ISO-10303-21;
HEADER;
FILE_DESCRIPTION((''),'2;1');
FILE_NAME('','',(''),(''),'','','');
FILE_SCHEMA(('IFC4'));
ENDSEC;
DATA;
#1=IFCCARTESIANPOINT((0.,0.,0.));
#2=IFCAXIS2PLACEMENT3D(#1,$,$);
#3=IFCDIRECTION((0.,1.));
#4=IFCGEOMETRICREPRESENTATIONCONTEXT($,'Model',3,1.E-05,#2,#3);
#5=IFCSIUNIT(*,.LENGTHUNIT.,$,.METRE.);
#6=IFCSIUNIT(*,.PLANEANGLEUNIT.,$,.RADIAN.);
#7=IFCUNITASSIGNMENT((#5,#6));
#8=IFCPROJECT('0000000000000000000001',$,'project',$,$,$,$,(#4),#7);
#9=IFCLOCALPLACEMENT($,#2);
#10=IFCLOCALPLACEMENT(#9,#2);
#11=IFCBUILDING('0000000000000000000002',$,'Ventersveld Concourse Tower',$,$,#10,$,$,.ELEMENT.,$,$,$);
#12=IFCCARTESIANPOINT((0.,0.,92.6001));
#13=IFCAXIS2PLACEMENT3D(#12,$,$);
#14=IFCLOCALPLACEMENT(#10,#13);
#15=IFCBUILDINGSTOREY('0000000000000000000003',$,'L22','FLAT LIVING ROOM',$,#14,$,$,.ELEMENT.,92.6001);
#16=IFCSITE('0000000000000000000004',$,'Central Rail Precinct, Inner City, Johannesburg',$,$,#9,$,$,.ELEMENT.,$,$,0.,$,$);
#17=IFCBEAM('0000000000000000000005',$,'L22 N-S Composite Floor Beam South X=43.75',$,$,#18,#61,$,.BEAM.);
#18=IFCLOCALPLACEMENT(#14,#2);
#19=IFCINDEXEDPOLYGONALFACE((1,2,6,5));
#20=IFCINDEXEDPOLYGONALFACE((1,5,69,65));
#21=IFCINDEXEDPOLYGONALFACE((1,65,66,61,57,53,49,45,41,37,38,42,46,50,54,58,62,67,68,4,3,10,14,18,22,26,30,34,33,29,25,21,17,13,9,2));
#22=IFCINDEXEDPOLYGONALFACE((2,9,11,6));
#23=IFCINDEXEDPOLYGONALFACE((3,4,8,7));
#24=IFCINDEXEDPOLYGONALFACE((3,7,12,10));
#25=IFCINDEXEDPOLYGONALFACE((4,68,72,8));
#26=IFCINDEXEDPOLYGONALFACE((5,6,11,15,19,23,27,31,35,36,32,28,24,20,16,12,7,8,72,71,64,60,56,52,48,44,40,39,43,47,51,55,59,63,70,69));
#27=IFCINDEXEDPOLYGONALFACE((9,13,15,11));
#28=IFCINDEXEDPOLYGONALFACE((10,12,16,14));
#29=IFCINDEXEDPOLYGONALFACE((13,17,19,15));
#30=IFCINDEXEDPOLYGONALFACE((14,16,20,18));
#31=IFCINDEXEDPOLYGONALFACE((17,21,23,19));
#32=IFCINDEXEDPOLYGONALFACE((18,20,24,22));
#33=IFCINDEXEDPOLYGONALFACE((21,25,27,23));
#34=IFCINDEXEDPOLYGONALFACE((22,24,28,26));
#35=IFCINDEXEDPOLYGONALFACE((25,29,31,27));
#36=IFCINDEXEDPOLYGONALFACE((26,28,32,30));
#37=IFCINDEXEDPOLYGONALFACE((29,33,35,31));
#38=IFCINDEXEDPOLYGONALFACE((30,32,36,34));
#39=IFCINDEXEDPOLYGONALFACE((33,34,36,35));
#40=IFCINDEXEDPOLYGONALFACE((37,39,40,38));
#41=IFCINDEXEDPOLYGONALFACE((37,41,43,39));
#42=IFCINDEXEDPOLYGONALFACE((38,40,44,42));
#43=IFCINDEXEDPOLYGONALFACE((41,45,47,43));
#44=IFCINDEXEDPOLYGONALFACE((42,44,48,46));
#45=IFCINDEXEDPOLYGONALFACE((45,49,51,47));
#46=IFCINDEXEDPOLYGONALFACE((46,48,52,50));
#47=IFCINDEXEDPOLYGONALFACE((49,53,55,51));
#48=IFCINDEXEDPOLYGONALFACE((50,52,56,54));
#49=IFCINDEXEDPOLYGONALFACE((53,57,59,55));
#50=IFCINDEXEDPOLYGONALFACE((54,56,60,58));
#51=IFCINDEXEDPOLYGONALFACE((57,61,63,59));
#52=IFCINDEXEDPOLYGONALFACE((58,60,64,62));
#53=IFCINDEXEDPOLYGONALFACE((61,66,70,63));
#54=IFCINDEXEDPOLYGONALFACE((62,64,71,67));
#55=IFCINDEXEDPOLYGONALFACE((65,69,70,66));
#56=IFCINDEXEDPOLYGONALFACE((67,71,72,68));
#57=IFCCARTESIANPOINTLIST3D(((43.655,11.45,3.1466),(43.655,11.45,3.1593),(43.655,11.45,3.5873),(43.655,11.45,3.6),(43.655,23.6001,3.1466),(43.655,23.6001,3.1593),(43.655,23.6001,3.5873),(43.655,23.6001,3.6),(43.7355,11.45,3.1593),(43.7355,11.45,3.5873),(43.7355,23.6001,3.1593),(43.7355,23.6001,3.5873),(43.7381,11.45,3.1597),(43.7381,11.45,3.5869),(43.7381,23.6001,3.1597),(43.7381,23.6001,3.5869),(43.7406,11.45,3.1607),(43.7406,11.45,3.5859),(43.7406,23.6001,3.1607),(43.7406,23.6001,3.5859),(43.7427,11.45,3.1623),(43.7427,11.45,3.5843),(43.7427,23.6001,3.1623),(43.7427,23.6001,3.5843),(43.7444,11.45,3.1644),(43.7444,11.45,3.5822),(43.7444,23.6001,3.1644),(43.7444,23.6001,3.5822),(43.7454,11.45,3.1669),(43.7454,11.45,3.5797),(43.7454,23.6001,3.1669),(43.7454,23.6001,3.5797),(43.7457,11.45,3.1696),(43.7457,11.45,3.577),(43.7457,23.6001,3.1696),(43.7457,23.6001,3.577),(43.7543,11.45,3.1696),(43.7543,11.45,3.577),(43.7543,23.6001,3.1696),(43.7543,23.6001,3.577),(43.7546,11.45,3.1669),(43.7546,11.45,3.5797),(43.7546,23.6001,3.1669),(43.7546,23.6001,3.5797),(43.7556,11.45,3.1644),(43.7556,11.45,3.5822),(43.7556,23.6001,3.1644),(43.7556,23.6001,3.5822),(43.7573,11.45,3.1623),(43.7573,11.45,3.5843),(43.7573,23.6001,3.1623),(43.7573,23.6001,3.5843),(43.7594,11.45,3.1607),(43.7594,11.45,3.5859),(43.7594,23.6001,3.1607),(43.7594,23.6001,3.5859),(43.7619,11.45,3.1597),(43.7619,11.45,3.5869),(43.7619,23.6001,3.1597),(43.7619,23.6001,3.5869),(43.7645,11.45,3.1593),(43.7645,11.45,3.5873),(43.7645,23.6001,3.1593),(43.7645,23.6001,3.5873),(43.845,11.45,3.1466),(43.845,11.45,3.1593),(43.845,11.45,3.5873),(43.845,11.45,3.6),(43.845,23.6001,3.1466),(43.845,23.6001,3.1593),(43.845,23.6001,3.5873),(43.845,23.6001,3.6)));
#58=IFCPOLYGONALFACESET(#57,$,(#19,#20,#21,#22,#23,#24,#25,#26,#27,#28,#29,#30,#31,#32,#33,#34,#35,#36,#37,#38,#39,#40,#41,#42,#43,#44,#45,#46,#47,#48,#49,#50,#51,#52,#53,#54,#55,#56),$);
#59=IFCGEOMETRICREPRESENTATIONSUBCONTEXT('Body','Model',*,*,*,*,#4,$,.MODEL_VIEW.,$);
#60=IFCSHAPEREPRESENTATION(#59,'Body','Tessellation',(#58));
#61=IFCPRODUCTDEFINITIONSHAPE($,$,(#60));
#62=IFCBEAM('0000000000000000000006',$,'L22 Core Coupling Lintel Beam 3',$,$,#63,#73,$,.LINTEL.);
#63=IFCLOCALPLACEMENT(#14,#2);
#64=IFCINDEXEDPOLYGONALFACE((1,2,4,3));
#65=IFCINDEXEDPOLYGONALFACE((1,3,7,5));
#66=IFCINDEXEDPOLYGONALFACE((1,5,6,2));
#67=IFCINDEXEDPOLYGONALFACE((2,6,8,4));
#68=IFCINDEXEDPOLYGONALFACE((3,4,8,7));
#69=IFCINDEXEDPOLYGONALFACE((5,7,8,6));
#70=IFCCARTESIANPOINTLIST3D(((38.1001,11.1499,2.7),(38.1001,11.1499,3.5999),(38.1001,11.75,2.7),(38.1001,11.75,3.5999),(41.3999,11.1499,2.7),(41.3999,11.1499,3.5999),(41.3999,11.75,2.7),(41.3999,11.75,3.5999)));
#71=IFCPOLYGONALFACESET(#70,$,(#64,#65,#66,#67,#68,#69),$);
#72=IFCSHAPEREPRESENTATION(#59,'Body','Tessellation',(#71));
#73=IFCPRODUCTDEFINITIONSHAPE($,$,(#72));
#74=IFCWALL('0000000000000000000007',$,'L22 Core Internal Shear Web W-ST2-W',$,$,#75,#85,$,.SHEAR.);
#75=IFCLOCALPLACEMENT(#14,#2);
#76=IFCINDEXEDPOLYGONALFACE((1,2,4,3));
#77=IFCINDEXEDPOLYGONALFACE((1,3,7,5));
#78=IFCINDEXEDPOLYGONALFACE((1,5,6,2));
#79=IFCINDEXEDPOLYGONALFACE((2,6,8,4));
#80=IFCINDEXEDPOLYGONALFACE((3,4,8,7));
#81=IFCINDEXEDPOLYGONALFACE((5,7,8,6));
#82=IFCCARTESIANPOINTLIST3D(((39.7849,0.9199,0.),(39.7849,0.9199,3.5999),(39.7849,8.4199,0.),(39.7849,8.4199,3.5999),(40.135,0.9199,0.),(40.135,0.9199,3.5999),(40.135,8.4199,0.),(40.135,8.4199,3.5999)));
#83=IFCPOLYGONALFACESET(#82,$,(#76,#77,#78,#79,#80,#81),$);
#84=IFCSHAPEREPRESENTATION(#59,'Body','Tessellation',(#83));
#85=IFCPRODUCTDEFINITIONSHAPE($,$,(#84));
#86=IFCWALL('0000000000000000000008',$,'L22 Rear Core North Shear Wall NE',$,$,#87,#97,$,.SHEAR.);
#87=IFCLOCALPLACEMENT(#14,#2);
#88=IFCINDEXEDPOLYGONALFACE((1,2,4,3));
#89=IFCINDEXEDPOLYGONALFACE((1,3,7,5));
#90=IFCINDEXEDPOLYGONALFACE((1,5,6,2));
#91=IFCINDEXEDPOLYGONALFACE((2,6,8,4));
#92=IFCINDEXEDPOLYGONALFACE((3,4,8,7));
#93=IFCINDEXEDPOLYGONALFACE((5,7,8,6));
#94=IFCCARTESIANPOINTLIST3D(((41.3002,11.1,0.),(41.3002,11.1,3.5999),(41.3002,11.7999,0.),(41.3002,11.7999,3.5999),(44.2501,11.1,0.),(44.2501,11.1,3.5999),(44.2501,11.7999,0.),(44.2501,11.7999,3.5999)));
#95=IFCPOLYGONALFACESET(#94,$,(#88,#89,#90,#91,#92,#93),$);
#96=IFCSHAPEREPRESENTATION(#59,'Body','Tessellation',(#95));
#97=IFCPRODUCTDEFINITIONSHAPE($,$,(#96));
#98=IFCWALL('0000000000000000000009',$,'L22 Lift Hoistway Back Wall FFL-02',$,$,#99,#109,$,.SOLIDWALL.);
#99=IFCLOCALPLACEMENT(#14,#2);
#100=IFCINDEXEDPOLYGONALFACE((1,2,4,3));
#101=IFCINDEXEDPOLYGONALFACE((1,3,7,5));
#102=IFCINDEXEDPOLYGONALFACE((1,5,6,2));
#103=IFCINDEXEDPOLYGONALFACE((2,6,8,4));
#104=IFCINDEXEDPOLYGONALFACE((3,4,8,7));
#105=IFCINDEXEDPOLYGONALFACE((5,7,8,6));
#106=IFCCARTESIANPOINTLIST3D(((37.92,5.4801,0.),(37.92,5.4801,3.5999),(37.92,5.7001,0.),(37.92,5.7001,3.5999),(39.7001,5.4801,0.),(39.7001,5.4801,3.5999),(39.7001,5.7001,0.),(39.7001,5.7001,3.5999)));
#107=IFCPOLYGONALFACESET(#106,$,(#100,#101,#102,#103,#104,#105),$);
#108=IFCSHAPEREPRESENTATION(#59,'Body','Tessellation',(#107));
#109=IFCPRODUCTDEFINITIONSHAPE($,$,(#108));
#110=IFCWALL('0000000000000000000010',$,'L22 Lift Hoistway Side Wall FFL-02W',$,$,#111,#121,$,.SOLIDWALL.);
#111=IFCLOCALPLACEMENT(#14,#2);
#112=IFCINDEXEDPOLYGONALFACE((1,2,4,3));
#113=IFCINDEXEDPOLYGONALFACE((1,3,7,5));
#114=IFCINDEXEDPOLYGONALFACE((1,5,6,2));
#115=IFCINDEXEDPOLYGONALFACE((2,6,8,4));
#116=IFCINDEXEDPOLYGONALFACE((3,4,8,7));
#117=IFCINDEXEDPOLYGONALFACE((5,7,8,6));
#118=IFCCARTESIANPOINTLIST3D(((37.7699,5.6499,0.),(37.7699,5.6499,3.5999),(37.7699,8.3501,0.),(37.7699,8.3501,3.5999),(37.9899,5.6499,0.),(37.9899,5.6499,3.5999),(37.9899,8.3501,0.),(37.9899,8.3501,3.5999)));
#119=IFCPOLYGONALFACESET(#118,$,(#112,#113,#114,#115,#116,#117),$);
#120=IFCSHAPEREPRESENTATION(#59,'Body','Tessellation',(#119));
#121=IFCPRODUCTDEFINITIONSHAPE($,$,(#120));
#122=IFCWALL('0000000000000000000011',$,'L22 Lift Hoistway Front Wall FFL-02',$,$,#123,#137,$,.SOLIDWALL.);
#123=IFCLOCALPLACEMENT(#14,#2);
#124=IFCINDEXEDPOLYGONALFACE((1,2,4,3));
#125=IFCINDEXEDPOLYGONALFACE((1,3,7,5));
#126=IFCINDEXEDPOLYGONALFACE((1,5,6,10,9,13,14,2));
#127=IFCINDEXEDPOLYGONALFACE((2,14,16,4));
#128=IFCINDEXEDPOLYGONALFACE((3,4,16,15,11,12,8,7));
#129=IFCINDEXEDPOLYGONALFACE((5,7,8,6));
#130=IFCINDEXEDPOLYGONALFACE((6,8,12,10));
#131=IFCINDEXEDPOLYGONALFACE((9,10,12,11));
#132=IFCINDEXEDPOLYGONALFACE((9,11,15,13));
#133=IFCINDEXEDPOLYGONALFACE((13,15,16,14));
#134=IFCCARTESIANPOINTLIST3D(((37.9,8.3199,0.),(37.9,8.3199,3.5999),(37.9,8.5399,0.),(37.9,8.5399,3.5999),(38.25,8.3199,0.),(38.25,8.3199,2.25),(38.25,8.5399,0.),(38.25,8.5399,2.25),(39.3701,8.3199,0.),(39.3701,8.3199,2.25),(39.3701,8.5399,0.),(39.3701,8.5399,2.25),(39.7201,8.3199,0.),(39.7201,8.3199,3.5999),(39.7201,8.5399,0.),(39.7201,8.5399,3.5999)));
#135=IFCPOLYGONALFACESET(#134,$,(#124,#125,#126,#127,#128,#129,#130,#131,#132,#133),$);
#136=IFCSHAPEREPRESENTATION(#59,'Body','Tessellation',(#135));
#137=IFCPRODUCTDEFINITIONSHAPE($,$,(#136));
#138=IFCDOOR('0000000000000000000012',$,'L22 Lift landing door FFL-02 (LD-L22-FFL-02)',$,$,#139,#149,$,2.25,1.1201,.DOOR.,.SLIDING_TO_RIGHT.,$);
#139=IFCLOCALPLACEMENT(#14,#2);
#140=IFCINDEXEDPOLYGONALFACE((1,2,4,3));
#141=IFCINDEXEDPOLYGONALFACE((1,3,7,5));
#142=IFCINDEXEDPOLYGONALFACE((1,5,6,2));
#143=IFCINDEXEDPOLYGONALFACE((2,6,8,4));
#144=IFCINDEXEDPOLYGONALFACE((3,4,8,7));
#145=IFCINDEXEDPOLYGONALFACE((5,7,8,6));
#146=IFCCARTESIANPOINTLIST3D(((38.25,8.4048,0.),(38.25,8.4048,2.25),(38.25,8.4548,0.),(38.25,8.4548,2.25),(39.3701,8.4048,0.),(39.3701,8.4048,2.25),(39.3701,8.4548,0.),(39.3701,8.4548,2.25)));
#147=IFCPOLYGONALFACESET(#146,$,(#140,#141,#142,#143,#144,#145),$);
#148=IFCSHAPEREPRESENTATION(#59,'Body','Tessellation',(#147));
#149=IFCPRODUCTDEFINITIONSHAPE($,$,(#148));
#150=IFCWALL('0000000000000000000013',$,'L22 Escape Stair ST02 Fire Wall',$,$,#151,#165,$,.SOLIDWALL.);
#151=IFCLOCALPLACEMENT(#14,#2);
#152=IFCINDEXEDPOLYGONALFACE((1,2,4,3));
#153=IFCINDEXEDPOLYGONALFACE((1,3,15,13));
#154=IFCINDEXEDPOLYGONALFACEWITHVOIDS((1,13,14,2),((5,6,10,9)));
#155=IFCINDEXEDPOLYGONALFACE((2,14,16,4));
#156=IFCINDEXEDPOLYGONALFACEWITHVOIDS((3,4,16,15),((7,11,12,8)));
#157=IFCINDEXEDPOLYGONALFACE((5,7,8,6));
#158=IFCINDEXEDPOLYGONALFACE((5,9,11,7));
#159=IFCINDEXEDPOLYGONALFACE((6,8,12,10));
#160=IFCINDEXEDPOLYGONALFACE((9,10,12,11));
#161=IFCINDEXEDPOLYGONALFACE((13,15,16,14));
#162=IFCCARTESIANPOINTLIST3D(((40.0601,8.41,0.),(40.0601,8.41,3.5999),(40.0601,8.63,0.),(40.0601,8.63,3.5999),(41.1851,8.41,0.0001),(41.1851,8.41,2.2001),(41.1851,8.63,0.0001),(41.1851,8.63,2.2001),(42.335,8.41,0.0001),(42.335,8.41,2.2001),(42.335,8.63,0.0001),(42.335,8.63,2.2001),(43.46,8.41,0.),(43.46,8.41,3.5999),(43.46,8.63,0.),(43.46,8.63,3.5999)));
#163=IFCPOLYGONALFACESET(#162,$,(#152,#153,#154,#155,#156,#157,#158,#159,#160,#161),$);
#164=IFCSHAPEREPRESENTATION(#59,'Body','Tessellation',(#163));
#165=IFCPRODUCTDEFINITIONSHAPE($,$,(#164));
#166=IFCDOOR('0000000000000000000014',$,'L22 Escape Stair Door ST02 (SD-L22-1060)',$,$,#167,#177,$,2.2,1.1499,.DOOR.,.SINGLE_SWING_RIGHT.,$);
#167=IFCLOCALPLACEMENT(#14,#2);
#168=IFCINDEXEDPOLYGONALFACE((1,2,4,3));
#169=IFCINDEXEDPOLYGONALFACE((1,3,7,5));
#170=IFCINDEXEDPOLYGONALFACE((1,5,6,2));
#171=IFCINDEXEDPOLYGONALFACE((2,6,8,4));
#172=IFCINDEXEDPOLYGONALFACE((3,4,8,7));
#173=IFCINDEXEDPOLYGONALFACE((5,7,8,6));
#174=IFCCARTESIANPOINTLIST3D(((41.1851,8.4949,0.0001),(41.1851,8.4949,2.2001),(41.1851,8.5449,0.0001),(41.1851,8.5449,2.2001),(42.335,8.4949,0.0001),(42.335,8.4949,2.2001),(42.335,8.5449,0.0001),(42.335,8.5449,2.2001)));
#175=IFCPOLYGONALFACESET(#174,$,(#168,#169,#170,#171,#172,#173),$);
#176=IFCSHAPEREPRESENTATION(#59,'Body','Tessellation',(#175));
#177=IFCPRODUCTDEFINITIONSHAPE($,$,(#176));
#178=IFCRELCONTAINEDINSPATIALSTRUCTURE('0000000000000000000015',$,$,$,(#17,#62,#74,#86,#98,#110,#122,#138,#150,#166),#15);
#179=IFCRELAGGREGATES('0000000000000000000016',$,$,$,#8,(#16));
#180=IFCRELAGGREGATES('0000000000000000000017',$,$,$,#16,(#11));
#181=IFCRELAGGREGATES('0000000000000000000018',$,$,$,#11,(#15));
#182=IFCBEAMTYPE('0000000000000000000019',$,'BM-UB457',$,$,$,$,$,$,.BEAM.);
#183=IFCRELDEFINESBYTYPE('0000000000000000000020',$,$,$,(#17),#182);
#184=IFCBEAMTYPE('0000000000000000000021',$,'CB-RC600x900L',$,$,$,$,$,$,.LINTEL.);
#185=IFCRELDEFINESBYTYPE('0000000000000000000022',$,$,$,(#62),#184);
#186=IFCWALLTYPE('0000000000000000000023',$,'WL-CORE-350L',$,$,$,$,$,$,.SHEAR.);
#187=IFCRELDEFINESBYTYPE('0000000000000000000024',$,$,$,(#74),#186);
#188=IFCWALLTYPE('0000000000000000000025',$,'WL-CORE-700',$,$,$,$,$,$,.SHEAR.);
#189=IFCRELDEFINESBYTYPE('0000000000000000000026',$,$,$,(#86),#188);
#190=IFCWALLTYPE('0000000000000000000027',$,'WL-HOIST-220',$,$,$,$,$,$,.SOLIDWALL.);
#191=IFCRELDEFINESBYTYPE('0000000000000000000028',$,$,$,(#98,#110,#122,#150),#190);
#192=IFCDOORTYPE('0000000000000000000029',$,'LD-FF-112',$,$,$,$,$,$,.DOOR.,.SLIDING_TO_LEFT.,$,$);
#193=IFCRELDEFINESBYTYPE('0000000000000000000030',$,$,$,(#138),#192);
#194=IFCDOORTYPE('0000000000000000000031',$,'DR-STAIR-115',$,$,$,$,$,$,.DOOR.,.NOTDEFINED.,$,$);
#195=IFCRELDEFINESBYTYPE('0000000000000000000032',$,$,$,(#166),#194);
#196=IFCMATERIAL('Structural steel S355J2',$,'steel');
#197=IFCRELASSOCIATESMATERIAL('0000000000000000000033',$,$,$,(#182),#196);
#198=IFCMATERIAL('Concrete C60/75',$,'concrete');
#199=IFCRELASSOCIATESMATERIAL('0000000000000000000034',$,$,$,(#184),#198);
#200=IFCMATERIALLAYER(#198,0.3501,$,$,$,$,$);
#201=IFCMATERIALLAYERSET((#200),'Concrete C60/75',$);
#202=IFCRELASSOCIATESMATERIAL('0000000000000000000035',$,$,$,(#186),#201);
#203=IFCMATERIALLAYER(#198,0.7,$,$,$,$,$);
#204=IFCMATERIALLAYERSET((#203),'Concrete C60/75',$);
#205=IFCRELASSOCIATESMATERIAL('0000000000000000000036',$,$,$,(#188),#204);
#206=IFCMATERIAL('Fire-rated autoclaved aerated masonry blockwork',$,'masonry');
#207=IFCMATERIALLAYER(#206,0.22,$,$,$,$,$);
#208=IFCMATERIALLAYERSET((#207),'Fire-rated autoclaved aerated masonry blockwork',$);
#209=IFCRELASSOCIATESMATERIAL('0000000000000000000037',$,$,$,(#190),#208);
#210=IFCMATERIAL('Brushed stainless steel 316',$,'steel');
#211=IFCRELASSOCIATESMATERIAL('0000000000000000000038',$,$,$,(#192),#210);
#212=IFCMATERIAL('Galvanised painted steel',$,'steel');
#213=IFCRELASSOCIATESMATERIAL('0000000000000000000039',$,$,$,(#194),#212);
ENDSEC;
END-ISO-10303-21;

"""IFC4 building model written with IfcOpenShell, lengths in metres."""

from ifc_helpers import new_model, si_unit, direction, frame, frame_2d, origin, origin_2d, place, context, subcontext, project, spatial, rectangle, i_section, extrude, material, layer, layer_set, material_profile, profile_set, type_object, element, fill, save


model = new_model("IFC4")

# Units and contexts
model_context = context("Model", 3, precision=1e-05, world=origin(), true_north=direction((0.0, 1.0)))
body_context = subcontext(model_context, "Body", "Model", "MODEL_VIEW")
ifc_project = project(units=[si_unit("LENGTHUNIT", "METRE"), si_unit("PLANEANGLEUNIT", "RADIAN")], contexts=[model_context])

# Site, building, storey
site_placement = place(None, origin())
site = spatial("IfcSite", under=ifc_project, at=site_placement, Name="Central Rail Precinct, Inner City, Johannesburg", CompositionType="ELEMENT", RefElevation=0.0)
building_placement = place(site_placement, origin())
building = spatial("IfcBuilding", under=site, at=building_placement, Name="Ventersveld Concourse Tower", CompositionType="ELEMENT")
storey_placement = place(building_placement, frame((0.0, 0.0, 92.6001)))
storey = spatial("IfcBuildingStorey", under=building, at=storey_placement, Name="L22", Description="FLAT LIVING ROOM", CompositionType="ELEMENT", Elevation=92.6001)

# Beams
ifc_material_1 = material(Name="Structural steel S355J2", Category="steel")
ifc_material_profile_1 = material_profile(ifc_material_1, i_section(OverallWidth=0.1899, OverallDepth=0.4534, WebThickness=0.0085, FlangeThickness=0.0127, FilletRadius=0.0103, at=origin_2d()), Name="UB 457x191x67")
ifc_profile_set_1 = profile_set([ifc_material_profile_1], Name="Structural steel S355J2")
beam_type_1 = type_object("IfcBeamType", Name="BM-UB457", PredefinedType="BEAM", material=ifc_profile_set_1)
beam_1_placement = place(storey_placement, frame((43.75, 11.45, 3.3733), z_axis=(0.0, 1.0, 0.0), x_axis=(-1.0, 0.0, 0.0)))
element("IfcBeam", 1, at=beam_1_placement, inside=storey, type_object=beam_type_1, Name="L22 N-S Composite Floor Beam South X=43.75", PredefinedType="BEAM", context=body_context, shape_type="SweptSolid", body=[
    extrude(i_section(OverallWidth=0.1899, OverallDepth=0.4534, WebThickness=0.0085, FlangeThickness=0.0127, FilletRadius=0.0103, at=origin_2d()), origin(), (0.0, 0.0, 1.0), 12.1501),
])
ifc_material_2 = material(Name="Concrete C60/75", Category="concrete")
ifc_material_profile_2 = material_profile(ifc_material_2, rectangle(XDim=0.6001, YDim=0.8999, at=origin_2d()), Name="RC 600x900")
ifc_profile_set_2 = profile_set([ifc_material_profile_2], Name="Concrete C60/75")
beam_type_2 = type_object("IfcBeamType", Name="CB-RC600x900L", PredefinedType="LINTEL", material=ifc_profile_set_2)
beam_2_placement = place(storey_placement, frame((38.1001, 11.45, 3.1499), z_axis=(1.0, 0.0, 0.0), x_axis=(0.0, 1.0, 0.0)))
element("IfcBeam", 2, at=beam_2_placement, inside=storey, type_object=beam_type_2, Name="L22 Core Coupling Lintel Beam 3", PredefinedType="LINTEL", context=body_context, shape_type="SweptSolid", body=[
    extrude(rectangle(XDim=0.6001, YDim=0.8999, at=origin_2d()), origin(), (0.0, 0.0, 1.0), 3.2998),
])

# Walls
ifc_layer_1 = layer(ifc_material_2, 0.3501)
ifc_layer_set_1 = layer_set([ifc_layer_1], Name="Concrete C60/75")
wall_type_1 = type_object("IfcWallType", Name="WL-CORE-350L", PredefinedType="SHEAR", material=ifc_layer_set_1)
wall_1_placement = place(storey_placement, frame((39.96, 0.9199, 0.0), z_axis=(0.0, 0.0, 1.0), x_axis=(0.0, 1.0, 0.0)))
element("IfcWall", 3, at=wall_1_placement, inside=storey, type_object=wall_type_1, Name="L22 Core Internal Shear Web W-ST2-W", PredefinedType="SHEAR", context=body_context, shape_type="SweptSolid", body=[
    extrude(rectangle(XDim=7.5, YDim=0.3501, at=frame_2d((3.75, 0.0))), origin(), (0.0, 0.0, 1.0), 3.5999),
])
ifc_layer_2 = layer(ifc_material_2, 0.7)
ifc_layer_set_2 = layer_set([ifc_layer_2], Name="Concrete C60/75")
wall_type_2 = type_object("IfcWallType", Name="WL-CORE-700", PredefinedType="SHEAR", material=ifc_layer_set_2)
wall_2_placement = place(storey_placement, frame((41.3, 11.45, 0.0), z_axis=(0.0, 0.0, 1.0), x_axis=(1.0, 0.0, 0.0)))
element("IfcWall", 4, at=wall_2_placement, inside=storey, type_object=wall_type_2, Name="L22 Rear Core North Shear Wall NE", PredefinedType="SHEAR", context=body_context, shape_type="SweptSolid", body=[
    extrude(rectangle(XDim=2.95, YDim=0.7, at=frame_2d((1.4751, 0.0))), origin(), (0.0, 0.0, 1.0), 3.5999),
])
ifc_material_3 = material(Name="Fire-rated autoclaved aerated masonry blockwork", Category="masonry")
ifc_layer_3 = layer(ifc_material_3, 0.22)
ifc_layer_set_3 = layer_set([ifc_layer_3], Name="Fire-rated autoclaved aerated masonry blockwork")
wall_type_3 = type_object("IfcWallType", Name="WL-HOIST-220", PredefinedType="SOLIDWALL", material=ifc_layer_set_3)
wall_3_placement = place(storey_placement, frame((37.9199, 5.5901, 0.0), z_axis=(0.0, 0.0, 1.0), x_axis=(1.0, 0.0, 0.0)))
element("IfcWall", 5, at=wall_3_placement, inside=storey, type_object=wall_type_3, Name="L22 Lift Hoistway Back Wall FFL-02", PredefinedType="SOLIDWALL", context=body_context, shape_type="SweptSolid", body=[
    extrude(rectangle(XDim=1.78, YDim=0.22, at=frame_2d((0.8901, 0.0))), origin(), (0.0, 0.0, 1.0), 3.5999),
])
wall_4_placement = place(storey_placement, frame((37.8799, 5.6499, 0.0), z_axis=(0.0, 0.0, 1.0), x_axis=(0.0, 1.0, 0.0)))
element("IfcWall", 6, at=wall_4_placement, inside=storey, type_object=wall_type_3, Name="L22 Lift Hoistway Side Wall FFL-02W", PredefinedType="SOLIDWALL", context=body_context, shape_type="SweptSolid", body=[
    extrude(rectangle(XDim=2.7002, YDim=0.22, at=frame_2d((1.3501, 0.0))), origin(), (0.0, 0.0, 1.0), 3.5999),
])

# Walls, openings, doors
wall_5_placement = place(storey_placement, frame((37.8999, 8.4299, 0.0), z_axis=(0.0, 0.0, 1.0), x_axis=(1.0, 0.0, 0.0)))
wall_5 = element("IfcWall", 7, at=wall_5_placement, inside=storey, type_object=wall_type_3, Name="L22 Lift Hoistway Front Wall FFL-02", PredefinedType="SOLIDWALL", context=body_context, shape_type="SweptSolid", body=[
    extrude(rectangle(XDim=1.8201, YDim=0.22, at=frame_2d((0.9102, 0.0))), origin(), (0.0, 0.0, 1.0), 3.5999),
])
opening_1_placement = place(wall_5_placement, frame((0.3501, 0.0, 0.0)))
opening_1 = element("IfcOpeningElement", 8, at=opening_1_placement, cuts=wall_5, PredefinedType="OPENING", context=body_context, shape_type="SweptSolid", body=[
    extrude(rectangle(XDim=1.1201, YDim=2.25, at=frame_2d((0.5601, 1.125))), frame((0.0, 0.1201, 0.0), z_axis=(0.0, -1.0, 0.0), x_axis=(1.0, 0.0, 0.0)), (0.0, 0.0, 1.0), 0.24),
])
ifc_material_4 = material(Name="Brushed stainless steel 316", Category="steel")
door_type_1 = type_object("IfcDoorType", Name="LD-FF-112", OperationType="SLIDING_TO_LEFT", PredefinedType="DOOR", material=ifc_material_4)
door_1_placement = place(opening_1_placement, origin())
door_1 = element("IfcDoor", 9, at=door_1_placement, inside=storey, type_object=door_type_1, Name="L22 Lift landing door FFL-02 (LD-L22-FFL-02)", OperationType="SLIDING_TO_RIGHT", OverallHeight=2.25, OverallWidth=1.1201, PredefinedType="DOOR", context=body_context, shape_type="SweptSolid", body=[
    extrude(rectangle(XDim=1.1201, YDim=2.25, at=frame_2d((0.5601, 1.125))), frame((0.0, 0.0249, 0.0), z_axis=(0.0, -1.0, 0.0), x_axis=(1.0, 0.0, 0.0)), (0.0, 0.0, 1.0), 0.05),
])
fill(opening_1, door_1)
wall_6_placement = place(storey_placement, frame((40.0601, 8.52, 0.0), z_axis=(0.0, 0.0, 1.0), x_axis=(1.0, 0.0, 0.0)))
wall_6 = element("IfcWall", 10, at=wall_6_placement, inside=storey, type_object=wall_type_3, Name="L22 Escape Stair ST02 Fire Wall", PredefinedType="SOLIDWALL", context=body_context, shape_type="SweptSolid", body=[
    extrude(rectangle(XDim=3.3999, YDim=0.22, at=frame_2d((1.7, 0.0))), origin(), (0.0, 0.0, 1.0), 3.5999),
])
opening_2_placement = place(wall_6_placement, frame((1.125, 0.0, 0.0)))
opening_2 = element("IfcOpeningElement", 11, at=opening_2_placement, cuts=wall_6, PredefinedType="OPENING", context=body_context, shape_type="SweptSolid", body=[
    extrude(rectangle(XDim=1.1499, YDim=2.2, at=frame_2d((0.575, 1.1001))), frame((0.0, 0.1201, 0.0), z_axis=(0.0, -1.0, 0.0), x_axis=(1.0, 0.0, 0.0)), (0.0, 0.0, 1.0), 0.24),
])
ifc_material_5 = material(Name="Galvanised painted steel", Category="steel")
door_type_2 = type_object("IfcDoorType", Name="DR-STAIR-115", OperationType="NOTDEFINED", PredefinedType="DOOR", material=ifc_material_5)
door_2_placement = place(opening_2_placement, origin())
door_2 = element("IfcDoor", 12, at=door_2_placement, inside=storey, type_object=door_type_2, Name="L22 Escape Stair Door ST02 (SD-L22-1060)", OperationType="SINGLE_SWING_RIGHT", OverallHeight=2.2, OverallWidth=1.1499, PredefinedType="DOOR", context=body_context, shape_type="SweptSolid", body=[
    extrude(rectangle(XDim=1.1499, YDim=2.2, at=frame_2d((0.575, 1.1001))), frame((0.0, 0.0249, 0.0), z_axis=(0.0, -1.0, 0.0), x_axis=(1.0, 0.0, 0.0)), (0.0, 0.0, 1.0), 0.05),
])
fill(opening_2, door_2)

save(model, "model.ifc")
